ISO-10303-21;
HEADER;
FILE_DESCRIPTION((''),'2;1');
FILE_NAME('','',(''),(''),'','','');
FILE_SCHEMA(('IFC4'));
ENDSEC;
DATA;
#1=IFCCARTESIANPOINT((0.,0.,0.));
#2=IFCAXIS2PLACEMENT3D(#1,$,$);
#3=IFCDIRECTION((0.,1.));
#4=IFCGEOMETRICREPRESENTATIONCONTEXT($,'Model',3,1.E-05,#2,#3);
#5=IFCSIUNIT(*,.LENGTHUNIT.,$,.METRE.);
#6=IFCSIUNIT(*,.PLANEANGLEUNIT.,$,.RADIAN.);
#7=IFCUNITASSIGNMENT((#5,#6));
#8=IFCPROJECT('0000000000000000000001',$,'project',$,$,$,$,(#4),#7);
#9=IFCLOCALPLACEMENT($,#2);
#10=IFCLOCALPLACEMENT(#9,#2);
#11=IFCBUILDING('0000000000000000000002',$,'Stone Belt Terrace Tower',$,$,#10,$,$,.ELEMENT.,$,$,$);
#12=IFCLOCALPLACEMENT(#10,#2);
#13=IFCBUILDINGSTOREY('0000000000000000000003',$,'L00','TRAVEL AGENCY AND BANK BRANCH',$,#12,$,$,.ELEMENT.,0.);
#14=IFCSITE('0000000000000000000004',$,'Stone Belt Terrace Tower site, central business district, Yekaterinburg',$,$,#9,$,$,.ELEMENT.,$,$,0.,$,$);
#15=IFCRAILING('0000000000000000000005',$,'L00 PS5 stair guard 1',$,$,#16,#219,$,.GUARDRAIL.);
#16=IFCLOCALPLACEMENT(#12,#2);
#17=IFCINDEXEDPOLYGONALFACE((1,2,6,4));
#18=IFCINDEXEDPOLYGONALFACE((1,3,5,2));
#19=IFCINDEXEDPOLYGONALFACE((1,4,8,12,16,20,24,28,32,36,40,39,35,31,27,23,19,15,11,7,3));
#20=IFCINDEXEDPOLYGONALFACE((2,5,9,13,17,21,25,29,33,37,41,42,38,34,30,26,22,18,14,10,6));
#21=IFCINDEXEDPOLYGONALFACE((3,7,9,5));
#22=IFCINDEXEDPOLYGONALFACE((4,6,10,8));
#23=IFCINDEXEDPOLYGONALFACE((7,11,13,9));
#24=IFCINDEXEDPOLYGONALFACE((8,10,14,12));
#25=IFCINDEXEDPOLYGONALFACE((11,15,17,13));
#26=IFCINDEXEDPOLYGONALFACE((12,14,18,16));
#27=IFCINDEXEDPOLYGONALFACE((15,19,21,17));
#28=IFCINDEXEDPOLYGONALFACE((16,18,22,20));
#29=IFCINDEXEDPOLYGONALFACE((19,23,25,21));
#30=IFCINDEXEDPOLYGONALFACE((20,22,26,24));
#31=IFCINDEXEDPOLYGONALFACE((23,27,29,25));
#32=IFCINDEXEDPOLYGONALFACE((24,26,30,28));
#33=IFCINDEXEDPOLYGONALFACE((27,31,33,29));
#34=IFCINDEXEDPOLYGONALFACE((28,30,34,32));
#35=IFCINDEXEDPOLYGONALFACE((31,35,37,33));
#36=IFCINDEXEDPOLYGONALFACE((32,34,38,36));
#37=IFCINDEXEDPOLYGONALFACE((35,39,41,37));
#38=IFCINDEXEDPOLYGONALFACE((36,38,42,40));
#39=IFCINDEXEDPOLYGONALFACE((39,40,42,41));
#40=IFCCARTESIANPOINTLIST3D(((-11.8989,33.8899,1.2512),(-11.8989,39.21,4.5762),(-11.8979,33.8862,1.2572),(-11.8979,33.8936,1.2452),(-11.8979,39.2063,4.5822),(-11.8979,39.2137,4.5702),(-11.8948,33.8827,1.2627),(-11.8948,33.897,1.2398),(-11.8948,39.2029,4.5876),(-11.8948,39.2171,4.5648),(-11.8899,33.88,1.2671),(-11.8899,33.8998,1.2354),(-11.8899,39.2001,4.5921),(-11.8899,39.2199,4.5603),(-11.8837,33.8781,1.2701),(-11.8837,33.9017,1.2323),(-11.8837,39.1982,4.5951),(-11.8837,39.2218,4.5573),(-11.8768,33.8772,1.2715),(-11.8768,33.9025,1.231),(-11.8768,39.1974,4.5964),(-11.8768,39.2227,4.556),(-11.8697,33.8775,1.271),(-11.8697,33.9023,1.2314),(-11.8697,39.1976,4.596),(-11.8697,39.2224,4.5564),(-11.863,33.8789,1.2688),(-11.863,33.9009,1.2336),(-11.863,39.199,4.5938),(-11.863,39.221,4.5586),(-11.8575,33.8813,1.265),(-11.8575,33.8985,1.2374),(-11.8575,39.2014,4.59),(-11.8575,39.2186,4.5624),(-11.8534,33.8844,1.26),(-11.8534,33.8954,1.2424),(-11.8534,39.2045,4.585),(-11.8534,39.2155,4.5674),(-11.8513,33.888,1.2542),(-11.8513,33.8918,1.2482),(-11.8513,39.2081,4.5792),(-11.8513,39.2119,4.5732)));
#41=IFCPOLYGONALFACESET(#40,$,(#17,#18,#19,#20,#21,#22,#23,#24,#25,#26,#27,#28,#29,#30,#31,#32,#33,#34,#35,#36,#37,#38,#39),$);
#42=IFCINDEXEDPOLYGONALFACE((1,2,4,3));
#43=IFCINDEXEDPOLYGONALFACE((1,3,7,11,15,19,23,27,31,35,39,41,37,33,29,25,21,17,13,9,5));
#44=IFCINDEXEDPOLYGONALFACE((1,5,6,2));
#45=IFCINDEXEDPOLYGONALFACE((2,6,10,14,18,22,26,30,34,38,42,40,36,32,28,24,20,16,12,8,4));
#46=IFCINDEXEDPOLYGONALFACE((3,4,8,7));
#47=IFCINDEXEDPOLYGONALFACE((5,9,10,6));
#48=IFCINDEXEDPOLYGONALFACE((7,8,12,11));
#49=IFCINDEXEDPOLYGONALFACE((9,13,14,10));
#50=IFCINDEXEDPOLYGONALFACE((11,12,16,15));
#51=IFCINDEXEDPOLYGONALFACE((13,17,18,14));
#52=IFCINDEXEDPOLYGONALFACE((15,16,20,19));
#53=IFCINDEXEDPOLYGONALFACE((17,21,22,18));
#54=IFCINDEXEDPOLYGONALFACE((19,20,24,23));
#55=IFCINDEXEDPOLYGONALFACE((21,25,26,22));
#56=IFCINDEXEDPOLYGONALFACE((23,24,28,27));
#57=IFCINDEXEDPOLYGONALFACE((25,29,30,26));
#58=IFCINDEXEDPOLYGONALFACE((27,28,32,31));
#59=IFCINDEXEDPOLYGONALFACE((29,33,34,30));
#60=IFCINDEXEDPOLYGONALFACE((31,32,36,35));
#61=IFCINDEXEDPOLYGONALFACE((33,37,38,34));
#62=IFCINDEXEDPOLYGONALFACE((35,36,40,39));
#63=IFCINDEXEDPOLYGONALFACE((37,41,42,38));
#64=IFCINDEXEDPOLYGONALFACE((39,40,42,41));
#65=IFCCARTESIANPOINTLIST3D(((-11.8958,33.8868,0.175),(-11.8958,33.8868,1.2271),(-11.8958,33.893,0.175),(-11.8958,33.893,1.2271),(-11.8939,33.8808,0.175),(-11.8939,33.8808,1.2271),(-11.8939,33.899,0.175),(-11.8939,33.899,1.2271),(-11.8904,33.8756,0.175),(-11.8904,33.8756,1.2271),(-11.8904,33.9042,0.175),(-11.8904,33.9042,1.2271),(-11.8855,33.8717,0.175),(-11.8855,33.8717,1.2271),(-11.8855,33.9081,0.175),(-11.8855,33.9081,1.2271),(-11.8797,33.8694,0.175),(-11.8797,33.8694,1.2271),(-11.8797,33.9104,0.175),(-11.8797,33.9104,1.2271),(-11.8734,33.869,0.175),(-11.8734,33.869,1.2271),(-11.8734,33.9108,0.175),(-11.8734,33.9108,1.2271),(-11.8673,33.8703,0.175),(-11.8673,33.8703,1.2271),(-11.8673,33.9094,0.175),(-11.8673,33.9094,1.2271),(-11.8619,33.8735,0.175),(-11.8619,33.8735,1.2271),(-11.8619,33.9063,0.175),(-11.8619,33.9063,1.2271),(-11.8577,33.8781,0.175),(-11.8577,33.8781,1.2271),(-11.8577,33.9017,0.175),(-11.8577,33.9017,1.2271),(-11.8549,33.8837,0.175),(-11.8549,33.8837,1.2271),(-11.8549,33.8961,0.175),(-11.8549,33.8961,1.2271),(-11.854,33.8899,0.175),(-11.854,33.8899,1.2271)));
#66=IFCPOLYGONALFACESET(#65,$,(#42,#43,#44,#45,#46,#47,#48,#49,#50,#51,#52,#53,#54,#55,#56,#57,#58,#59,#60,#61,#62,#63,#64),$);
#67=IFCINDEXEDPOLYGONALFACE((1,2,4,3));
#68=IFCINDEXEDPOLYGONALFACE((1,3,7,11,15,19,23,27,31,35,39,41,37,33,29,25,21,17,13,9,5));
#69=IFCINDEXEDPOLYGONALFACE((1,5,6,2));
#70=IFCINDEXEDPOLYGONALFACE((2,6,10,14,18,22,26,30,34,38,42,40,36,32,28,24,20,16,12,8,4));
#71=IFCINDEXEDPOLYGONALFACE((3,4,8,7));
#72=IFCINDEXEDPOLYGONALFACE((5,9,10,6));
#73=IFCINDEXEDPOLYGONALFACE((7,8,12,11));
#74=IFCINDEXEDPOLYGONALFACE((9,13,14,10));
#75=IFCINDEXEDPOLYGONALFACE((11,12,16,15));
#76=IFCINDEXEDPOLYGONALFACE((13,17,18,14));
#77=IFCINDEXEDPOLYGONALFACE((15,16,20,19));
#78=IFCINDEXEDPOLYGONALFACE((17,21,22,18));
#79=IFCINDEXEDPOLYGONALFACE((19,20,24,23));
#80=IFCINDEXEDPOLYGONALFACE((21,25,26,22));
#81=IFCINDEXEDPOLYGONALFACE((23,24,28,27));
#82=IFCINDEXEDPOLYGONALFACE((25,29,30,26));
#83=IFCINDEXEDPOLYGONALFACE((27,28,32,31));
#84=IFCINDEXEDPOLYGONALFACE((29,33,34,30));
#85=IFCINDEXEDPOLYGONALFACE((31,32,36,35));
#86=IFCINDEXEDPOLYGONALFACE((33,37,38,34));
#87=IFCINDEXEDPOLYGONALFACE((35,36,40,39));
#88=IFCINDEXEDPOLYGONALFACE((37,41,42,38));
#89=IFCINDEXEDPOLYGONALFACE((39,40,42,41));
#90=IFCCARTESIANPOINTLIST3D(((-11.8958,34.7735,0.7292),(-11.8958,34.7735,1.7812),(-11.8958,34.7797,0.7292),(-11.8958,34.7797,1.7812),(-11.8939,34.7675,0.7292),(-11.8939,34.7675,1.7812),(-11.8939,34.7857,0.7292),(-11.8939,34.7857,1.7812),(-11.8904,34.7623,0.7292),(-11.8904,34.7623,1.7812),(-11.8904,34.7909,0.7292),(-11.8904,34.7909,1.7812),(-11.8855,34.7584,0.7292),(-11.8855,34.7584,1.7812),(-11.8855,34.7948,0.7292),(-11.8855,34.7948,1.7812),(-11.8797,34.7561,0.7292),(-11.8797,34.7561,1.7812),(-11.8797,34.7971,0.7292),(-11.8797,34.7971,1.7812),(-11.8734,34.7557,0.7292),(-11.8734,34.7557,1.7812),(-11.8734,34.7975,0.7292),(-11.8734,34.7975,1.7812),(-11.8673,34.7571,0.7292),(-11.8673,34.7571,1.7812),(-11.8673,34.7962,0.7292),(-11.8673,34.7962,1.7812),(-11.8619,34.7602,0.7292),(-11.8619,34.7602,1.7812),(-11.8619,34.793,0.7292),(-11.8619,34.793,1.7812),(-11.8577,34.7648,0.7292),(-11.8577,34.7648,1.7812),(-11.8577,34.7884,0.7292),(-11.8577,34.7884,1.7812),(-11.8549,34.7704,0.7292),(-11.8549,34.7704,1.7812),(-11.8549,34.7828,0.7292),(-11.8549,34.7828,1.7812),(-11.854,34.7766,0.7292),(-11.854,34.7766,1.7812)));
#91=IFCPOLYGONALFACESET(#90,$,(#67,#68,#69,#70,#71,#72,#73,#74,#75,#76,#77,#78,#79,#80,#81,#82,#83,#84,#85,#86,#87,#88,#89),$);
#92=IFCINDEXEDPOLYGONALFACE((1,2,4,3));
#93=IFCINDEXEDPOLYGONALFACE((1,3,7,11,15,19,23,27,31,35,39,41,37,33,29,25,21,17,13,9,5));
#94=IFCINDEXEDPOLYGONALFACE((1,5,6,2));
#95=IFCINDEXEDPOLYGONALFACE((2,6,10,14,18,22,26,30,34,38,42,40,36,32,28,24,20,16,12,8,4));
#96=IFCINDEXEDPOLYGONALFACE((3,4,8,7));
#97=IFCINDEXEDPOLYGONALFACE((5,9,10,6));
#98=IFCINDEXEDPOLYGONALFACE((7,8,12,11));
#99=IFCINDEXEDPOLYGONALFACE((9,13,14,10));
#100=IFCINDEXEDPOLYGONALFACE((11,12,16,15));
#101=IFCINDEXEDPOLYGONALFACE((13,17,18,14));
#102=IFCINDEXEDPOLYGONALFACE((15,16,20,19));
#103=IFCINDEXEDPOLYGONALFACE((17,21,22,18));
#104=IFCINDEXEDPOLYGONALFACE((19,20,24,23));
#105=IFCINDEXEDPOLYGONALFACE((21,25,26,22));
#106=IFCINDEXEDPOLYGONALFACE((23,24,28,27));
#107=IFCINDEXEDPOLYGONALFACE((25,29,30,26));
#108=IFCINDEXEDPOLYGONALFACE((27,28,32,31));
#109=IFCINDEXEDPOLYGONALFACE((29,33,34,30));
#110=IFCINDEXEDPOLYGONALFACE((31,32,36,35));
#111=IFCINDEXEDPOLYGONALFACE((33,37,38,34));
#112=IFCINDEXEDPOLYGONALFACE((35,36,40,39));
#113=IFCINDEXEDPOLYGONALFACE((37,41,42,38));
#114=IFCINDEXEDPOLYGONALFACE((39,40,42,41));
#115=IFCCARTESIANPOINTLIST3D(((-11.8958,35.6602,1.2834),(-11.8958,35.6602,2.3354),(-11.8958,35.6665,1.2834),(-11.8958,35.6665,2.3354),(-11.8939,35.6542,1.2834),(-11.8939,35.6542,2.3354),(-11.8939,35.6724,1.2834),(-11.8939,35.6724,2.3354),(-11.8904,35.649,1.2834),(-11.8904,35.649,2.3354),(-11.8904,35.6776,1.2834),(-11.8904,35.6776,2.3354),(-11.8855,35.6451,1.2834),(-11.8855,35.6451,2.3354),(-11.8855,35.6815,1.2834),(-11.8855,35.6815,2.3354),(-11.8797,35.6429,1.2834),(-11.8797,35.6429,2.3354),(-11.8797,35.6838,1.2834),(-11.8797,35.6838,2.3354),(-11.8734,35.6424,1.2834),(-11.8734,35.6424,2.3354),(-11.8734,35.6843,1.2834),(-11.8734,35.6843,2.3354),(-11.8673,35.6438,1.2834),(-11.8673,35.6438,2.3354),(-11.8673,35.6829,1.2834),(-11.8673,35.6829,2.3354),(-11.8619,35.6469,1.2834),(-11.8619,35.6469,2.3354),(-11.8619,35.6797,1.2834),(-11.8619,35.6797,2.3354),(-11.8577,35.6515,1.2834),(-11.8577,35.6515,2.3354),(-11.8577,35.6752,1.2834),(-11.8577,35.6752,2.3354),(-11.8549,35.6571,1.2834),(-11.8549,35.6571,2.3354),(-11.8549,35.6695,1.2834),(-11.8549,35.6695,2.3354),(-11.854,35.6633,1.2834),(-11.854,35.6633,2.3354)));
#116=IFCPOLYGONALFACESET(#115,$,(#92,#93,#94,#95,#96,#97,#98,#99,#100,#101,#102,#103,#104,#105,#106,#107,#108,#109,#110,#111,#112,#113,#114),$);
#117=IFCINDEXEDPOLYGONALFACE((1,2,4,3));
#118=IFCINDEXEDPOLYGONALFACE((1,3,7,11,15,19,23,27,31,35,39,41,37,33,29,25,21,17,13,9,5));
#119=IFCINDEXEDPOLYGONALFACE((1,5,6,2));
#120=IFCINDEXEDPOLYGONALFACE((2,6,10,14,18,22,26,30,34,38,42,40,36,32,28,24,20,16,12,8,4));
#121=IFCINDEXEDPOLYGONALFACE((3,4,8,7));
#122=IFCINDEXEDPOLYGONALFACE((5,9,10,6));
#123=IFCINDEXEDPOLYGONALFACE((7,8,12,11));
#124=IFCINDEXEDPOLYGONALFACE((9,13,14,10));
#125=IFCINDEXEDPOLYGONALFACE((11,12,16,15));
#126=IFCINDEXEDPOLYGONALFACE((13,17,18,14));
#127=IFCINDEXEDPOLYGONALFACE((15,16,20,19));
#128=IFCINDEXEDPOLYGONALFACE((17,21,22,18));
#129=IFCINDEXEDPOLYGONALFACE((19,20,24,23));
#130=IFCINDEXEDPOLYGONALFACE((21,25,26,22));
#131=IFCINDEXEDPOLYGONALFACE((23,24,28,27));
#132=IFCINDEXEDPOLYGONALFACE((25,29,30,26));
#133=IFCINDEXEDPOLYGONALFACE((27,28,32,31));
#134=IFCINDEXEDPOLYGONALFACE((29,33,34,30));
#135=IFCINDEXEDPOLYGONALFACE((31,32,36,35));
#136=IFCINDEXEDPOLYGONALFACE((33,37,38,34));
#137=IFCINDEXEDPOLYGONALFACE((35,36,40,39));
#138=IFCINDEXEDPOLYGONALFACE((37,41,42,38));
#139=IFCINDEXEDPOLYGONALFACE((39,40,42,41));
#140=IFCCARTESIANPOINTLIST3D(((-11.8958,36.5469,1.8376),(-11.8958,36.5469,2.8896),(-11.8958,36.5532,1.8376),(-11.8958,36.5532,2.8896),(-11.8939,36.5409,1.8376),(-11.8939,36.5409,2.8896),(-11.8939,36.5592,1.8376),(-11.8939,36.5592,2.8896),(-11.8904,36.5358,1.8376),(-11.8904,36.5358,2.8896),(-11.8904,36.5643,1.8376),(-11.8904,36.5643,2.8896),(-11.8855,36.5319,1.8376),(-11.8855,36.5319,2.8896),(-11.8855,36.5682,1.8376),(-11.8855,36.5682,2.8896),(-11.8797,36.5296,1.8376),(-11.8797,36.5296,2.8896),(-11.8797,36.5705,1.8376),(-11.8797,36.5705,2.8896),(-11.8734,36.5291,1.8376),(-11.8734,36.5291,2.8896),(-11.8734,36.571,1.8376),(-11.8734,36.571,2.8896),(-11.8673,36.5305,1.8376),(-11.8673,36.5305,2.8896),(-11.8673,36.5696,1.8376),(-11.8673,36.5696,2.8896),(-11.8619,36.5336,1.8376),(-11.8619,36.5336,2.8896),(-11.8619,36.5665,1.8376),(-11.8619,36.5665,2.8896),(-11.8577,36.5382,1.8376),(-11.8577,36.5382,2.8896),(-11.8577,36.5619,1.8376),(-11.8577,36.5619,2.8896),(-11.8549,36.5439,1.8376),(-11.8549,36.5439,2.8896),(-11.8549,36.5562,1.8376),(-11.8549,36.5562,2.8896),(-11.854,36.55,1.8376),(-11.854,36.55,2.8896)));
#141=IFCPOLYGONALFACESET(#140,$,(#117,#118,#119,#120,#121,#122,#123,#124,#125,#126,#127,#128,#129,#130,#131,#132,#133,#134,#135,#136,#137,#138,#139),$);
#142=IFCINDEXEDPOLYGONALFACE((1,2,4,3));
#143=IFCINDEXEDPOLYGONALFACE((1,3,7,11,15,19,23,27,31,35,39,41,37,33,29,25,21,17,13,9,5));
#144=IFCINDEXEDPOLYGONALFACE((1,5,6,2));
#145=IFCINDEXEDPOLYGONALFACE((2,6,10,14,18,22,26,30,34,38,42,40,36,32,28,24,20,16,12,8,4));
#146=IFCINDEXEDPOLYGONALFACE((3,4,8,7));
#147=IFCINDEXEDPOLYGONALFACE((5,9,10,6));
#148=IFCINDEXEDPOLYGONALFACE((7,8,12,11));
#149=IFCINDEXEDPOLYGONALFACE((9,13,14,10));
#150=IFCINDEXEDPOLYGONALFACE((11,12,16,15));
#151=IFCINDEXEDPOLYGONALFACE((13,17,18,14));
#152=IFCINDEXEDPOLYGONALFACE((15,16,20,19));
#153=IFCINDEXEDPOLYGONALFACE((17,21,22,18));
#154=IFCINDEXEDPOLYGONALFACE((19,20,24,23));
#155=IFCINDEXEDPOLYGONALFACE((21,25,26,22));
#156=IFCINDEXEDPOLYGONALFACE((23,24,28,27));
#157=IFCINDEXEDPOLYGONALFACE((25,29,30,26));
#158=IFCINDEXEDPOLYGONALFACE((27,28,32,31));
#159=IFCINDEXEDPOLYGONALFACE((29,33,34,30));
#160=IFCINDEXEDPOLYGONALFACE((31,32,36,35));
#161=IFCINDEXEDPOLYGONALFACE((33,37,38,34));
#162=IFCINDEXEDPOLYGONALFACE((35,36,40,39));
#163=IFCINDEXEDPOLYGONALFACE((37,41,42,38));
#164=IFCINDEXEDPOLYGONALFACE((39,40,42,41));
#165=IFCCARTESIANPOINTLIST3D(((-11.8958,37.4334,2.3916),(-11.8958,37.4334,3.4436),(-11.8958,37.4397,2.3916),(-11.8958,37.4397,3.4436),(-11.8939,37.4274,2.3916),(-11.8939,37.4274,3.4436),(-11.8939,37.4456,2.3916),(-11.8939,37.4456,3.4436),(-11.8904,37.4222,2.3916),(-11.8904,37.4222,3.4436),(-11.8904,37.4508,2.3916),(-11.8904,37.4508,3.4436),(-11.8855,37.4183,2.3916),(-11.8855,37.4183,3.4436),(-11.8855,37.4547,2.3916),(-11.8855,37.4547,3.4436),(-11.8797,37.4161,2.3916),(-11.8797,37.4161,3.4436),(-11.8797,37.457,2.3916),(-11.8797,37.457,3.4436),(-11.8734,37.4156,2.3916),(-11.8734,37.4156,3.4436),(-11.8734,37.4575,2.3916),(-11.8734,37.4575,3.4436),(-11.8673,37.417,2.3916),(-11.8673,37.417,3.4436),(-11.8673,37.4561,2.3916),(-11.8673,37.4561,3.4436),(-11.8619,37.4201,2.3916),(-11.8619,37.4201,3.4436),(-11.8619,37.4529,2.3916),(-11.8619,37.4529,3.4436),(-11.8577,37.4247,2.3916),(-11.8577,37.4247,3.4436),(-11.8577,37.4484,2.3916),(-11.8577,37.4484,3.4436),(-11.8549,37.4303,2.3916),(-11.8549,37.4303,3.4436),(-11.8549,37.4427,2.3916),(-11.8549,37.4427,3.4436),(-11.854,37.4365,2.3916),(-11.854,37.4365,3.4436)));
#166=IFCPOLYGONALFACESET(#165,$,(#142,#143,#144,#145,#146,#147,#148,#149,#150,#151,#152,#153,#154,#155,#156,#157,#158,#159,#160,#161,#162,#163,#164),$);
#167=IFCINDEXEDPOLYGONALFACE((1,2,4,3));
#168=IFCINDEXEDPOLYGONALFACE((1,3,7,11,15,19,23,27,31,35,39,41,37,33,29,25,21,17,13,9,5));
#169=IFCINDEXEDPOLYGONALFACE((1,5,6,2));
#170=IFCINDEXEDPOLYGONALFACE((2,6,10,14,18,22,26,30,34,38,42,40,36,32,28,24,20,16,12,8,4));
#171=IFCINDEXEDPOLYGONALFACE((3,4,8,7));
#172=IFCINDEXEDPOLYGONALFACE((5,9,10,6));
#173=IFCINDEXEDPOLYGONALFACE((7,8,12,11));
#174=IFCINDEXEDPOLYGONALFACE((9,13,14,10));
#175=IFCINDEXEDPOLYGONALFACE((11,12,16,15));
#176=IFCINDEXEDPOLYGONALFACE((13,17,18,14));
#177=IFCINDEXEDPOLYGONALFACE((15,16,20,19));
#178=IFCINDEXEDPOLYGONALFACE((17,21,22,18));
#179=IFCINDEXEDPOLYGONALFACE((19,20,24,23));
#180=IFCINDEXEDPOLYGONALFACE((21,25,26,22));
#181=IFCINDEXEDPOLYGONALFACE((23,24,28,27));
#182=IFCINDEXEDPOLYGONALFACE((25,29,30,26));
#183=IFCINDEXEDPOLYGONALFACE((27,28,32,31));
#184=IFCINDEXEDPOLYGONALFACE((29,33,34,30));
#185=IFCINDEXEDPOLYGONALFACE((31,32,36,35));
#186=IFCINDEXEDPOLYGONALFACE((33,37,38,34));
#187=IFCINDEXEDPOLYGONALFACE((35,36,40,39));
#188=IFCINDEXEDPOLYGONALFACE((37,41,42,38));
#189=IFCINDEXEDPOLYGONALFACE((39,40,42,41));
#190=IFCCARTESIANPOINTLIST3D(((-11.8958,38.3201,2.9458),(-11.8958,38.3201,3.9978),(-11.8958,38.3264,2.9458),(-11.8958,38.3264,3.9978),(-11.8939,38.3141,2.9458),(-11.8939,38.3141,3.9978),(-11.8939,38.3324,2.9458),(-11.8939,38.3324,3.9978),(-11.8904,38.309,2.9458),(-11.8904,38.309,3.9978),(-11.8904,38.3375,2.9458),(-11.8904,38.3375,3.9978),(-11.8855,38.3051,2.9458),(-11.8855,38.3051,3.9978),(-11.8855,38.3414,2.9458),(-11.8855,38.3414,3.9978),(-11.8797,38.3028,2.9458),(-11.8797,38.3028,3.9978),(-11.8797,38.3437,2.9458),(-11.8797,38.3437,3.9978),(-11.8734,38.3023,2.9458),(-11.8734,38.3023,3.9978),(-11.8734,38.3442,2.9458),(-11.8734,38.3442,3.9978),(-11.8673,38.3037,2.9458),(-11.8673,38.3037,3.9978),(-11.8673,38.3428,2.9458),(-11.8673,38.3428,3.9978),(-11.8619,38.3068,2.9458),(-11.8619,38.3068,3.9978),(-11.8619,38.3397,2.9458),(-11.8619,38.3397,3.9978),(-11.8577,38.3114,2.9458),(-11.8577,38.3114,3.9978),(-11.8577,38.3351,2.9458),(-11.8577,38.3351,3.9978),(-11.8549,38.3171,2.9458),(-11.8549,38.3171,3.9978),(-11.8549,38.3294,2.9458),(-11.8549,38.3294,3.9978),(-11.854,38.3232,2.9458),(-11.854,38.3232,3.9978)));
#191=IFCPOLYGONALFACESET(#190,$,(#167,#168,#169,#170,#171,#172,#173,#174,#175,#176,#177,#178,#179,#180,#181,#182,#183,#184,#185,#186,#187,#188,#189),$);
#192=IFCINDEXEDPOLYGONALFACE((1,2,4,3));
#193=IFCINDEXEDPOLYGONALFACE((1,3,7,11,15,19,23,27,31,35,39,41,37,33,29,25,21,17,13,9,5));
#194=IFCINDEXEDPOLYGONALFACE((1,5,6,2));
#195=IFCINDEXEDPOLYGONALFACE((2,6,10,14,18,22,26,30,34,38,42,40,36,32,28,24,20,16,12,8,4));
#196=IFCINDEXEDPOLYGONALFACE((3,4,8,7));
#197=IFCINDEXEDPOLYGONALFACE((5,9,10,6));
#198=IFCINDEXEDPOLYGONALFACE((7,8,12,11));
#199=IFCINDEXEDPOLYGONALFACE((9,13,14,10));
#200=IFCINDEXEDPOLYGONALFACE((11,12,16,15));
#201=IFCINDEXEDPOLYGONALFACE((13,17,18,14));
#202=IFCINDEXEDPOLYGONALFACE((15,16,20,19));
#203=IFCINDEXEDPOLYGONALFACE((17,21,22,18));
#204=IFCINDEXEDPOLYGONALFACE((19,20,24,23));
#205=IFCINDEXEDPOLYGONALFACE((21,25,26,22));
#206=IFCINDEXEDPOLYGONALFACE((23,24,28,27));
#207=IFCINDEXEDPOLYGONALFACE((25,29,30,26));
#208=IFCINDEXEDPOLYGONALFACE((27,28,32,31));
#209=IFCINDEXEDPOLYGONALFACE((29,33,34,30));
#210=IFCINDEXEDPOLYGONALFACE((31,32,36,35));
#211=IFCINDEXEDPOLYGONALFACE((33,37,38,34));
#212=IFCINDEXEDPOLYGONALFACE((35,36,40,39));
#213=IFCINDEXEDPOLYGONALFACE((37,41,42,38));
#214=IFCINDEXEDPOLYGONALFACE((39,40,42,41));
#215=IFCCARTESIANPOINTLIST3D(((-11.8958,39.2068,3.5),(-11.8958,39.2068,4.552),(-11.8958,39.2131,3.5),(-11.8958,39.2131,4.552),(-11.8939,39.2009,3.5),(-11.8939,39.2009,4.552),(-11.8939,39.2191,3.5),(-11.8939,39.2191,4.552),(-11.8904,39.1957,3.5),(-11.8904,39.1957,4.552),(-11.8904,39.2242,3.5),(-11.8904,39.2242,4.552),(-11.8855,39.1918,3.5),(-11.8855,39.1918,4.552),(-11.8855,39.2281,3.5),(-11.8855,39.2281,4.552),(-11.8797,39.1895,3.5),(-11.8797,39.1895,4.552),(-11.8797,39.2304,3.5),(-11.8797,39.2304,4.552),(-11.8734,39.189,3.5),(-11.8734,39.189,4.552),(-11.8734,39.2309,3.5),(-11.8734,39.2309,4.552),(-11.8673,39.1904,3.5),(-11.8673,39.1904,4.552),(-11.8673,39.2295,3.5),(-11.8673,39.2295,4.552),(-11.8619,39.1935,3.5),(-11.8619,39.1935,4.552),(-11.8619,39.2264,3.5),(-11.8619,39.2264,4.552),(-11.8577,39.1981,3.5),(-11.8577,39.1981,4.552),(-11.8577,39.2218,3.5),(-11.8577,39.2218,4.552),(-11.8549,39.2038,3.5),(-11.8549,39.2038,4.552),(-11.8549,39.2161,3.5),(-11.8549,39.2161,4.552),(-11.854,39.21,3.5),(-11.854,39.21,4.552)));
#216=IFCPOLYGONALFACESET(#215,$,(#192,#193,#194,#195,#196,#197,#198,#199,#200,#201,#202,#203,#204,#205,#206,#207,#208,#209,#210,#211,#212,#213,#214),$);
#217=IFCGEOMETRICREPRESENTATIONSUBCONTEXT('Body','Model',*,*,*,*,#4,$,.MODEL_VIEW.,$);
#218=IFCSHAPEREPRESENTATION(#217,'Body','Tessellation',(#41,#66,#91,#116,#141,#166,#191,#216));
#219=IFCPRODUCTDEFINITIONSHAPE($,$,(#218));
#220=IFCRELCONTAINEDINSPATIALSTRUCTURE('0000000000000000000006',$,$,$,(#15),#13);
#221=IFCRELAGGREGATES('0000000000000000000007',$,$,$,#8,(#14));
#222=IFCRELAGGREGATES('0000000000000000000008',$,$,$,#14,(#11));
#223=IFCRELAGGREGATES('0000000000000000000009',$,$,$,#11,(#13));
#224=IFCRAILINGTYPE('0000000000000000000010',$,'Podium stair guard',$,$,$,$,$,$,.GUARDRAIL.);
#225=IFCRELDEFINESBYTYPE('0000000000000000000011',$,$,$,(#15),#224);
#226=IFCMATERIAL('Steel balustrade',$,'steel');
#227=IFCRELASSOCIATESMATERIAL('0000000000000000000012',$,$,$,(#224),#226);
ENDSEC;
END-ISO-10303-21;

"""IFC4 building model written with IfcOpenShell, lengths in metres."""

from ifc_helpers import new_model, si_unit, direction, frame, origin, origin_2d, place, context, subcontext, project, spatial, circle, extrude, material, type_object, element, save


model = new_model("IFC4")

# Units and contexts
model_context = context("Model", 3, precision=1e-05, world=origin(), true_north=direction((0.0, 1.0)))
body_context = subcontext(model_context, "Body", "Model", "MODEL_VIEW")
ifc_project = project(units=[si_unit("LENGTHUNIT", "METRE"), si_unit("PLANEANGLEUNIT", "RADIAN")], contexts=[model_context])

# Site, building, storey
site_placement = place(None, origin())
site = spatial("IfcSite", under=ifc_project, at=site_placement, Name="Stone Belt Terrace Tower site, central business district, Yekaterinburg", CompositionType="ELEMENT", RefElevation=0.0)
building_placement = place(site_placement, origin())
building = spatial("IfcBuilding", under=site, at=building_placement, Name="Stone Belt Terrace Tower", CompositionType="ELEMENT")
storey_placement = place(building_placement, origin())
storey = spatial("IfcBuildingStorey", under=building, at=storey_placement, Name="L00", Description="TRAVEL AGENCY AND BANK BRANCH", CompositionType="ELEMENT", Elevation=0.0)

# Railing
ifc_material_1 = material(Name="Steel balustrade", Category="steel")
railing_type_1 = type_object("IfcRailingType", Name="Podium stair guard", PredefinedType="GUARDRAIL", material=ifc_material_1)
railing_1_placement = place(storey_placement, frame((-11.875, 33.8899, 0.175)))
element("IfcRailing", 1, at=railing_1_placement, inside=storey, type_object=railing_type_1, Name="L00 PS5 stair guard 1", PredefinedType="GUARDRAIL", context=body_context, shape_type="SweptSolid", body=[
    extrude(circle(Radius=0.0239, at=origin_2d()), frame((0.0, 0.0, 1.0762), z_axis=(0.0, 0.848005, 0.529988), x_axis=(-1.0, 0.0, 0.0)), (0.0, 0.0, 1.0), 6.2737),
    extrude(circle(Radius=0.021, at=origin_2d()), origin(), (0.0, 0.0, 1.0), 1.052),
    extrude(circle(Radius=0.021, at=origin_2d()), frame((0.0, 0.8867, 0.5542)), (0.0, 0.0, 1.0), 1.052),
    extrude(circle(Radius=0.021, at=origin_2d()), frame((0.0, 1.7734, 1.1084)), (0.0, 0.0, 1.0), 1.052),
    extrude(circle(Radius=0.021, at=origin_2d()), frame((0.0, 2.6602, 1.6626)), (0.0, 0.0, 1.0), 1.052),
    extrude(circle(Radius=0.021, at=origin_2d()), frame((0.0, 3.5466, 2.2166)), (0.0, 0.0, 1.0), 1.052),
    extrude(circle(Radius=0.021, at=origin_2d()), frame((0.0, 4.4333, 2.7708)), (0.0, 0.0, 1.0), 1.052),
    extrude(circle(Radius=0.021, at=origin_2d()), frame((0.0, 5.3201, 3.325)), (0.0, 0.0, 1.0), 1.052),
])

save(model, "model.ifc")
